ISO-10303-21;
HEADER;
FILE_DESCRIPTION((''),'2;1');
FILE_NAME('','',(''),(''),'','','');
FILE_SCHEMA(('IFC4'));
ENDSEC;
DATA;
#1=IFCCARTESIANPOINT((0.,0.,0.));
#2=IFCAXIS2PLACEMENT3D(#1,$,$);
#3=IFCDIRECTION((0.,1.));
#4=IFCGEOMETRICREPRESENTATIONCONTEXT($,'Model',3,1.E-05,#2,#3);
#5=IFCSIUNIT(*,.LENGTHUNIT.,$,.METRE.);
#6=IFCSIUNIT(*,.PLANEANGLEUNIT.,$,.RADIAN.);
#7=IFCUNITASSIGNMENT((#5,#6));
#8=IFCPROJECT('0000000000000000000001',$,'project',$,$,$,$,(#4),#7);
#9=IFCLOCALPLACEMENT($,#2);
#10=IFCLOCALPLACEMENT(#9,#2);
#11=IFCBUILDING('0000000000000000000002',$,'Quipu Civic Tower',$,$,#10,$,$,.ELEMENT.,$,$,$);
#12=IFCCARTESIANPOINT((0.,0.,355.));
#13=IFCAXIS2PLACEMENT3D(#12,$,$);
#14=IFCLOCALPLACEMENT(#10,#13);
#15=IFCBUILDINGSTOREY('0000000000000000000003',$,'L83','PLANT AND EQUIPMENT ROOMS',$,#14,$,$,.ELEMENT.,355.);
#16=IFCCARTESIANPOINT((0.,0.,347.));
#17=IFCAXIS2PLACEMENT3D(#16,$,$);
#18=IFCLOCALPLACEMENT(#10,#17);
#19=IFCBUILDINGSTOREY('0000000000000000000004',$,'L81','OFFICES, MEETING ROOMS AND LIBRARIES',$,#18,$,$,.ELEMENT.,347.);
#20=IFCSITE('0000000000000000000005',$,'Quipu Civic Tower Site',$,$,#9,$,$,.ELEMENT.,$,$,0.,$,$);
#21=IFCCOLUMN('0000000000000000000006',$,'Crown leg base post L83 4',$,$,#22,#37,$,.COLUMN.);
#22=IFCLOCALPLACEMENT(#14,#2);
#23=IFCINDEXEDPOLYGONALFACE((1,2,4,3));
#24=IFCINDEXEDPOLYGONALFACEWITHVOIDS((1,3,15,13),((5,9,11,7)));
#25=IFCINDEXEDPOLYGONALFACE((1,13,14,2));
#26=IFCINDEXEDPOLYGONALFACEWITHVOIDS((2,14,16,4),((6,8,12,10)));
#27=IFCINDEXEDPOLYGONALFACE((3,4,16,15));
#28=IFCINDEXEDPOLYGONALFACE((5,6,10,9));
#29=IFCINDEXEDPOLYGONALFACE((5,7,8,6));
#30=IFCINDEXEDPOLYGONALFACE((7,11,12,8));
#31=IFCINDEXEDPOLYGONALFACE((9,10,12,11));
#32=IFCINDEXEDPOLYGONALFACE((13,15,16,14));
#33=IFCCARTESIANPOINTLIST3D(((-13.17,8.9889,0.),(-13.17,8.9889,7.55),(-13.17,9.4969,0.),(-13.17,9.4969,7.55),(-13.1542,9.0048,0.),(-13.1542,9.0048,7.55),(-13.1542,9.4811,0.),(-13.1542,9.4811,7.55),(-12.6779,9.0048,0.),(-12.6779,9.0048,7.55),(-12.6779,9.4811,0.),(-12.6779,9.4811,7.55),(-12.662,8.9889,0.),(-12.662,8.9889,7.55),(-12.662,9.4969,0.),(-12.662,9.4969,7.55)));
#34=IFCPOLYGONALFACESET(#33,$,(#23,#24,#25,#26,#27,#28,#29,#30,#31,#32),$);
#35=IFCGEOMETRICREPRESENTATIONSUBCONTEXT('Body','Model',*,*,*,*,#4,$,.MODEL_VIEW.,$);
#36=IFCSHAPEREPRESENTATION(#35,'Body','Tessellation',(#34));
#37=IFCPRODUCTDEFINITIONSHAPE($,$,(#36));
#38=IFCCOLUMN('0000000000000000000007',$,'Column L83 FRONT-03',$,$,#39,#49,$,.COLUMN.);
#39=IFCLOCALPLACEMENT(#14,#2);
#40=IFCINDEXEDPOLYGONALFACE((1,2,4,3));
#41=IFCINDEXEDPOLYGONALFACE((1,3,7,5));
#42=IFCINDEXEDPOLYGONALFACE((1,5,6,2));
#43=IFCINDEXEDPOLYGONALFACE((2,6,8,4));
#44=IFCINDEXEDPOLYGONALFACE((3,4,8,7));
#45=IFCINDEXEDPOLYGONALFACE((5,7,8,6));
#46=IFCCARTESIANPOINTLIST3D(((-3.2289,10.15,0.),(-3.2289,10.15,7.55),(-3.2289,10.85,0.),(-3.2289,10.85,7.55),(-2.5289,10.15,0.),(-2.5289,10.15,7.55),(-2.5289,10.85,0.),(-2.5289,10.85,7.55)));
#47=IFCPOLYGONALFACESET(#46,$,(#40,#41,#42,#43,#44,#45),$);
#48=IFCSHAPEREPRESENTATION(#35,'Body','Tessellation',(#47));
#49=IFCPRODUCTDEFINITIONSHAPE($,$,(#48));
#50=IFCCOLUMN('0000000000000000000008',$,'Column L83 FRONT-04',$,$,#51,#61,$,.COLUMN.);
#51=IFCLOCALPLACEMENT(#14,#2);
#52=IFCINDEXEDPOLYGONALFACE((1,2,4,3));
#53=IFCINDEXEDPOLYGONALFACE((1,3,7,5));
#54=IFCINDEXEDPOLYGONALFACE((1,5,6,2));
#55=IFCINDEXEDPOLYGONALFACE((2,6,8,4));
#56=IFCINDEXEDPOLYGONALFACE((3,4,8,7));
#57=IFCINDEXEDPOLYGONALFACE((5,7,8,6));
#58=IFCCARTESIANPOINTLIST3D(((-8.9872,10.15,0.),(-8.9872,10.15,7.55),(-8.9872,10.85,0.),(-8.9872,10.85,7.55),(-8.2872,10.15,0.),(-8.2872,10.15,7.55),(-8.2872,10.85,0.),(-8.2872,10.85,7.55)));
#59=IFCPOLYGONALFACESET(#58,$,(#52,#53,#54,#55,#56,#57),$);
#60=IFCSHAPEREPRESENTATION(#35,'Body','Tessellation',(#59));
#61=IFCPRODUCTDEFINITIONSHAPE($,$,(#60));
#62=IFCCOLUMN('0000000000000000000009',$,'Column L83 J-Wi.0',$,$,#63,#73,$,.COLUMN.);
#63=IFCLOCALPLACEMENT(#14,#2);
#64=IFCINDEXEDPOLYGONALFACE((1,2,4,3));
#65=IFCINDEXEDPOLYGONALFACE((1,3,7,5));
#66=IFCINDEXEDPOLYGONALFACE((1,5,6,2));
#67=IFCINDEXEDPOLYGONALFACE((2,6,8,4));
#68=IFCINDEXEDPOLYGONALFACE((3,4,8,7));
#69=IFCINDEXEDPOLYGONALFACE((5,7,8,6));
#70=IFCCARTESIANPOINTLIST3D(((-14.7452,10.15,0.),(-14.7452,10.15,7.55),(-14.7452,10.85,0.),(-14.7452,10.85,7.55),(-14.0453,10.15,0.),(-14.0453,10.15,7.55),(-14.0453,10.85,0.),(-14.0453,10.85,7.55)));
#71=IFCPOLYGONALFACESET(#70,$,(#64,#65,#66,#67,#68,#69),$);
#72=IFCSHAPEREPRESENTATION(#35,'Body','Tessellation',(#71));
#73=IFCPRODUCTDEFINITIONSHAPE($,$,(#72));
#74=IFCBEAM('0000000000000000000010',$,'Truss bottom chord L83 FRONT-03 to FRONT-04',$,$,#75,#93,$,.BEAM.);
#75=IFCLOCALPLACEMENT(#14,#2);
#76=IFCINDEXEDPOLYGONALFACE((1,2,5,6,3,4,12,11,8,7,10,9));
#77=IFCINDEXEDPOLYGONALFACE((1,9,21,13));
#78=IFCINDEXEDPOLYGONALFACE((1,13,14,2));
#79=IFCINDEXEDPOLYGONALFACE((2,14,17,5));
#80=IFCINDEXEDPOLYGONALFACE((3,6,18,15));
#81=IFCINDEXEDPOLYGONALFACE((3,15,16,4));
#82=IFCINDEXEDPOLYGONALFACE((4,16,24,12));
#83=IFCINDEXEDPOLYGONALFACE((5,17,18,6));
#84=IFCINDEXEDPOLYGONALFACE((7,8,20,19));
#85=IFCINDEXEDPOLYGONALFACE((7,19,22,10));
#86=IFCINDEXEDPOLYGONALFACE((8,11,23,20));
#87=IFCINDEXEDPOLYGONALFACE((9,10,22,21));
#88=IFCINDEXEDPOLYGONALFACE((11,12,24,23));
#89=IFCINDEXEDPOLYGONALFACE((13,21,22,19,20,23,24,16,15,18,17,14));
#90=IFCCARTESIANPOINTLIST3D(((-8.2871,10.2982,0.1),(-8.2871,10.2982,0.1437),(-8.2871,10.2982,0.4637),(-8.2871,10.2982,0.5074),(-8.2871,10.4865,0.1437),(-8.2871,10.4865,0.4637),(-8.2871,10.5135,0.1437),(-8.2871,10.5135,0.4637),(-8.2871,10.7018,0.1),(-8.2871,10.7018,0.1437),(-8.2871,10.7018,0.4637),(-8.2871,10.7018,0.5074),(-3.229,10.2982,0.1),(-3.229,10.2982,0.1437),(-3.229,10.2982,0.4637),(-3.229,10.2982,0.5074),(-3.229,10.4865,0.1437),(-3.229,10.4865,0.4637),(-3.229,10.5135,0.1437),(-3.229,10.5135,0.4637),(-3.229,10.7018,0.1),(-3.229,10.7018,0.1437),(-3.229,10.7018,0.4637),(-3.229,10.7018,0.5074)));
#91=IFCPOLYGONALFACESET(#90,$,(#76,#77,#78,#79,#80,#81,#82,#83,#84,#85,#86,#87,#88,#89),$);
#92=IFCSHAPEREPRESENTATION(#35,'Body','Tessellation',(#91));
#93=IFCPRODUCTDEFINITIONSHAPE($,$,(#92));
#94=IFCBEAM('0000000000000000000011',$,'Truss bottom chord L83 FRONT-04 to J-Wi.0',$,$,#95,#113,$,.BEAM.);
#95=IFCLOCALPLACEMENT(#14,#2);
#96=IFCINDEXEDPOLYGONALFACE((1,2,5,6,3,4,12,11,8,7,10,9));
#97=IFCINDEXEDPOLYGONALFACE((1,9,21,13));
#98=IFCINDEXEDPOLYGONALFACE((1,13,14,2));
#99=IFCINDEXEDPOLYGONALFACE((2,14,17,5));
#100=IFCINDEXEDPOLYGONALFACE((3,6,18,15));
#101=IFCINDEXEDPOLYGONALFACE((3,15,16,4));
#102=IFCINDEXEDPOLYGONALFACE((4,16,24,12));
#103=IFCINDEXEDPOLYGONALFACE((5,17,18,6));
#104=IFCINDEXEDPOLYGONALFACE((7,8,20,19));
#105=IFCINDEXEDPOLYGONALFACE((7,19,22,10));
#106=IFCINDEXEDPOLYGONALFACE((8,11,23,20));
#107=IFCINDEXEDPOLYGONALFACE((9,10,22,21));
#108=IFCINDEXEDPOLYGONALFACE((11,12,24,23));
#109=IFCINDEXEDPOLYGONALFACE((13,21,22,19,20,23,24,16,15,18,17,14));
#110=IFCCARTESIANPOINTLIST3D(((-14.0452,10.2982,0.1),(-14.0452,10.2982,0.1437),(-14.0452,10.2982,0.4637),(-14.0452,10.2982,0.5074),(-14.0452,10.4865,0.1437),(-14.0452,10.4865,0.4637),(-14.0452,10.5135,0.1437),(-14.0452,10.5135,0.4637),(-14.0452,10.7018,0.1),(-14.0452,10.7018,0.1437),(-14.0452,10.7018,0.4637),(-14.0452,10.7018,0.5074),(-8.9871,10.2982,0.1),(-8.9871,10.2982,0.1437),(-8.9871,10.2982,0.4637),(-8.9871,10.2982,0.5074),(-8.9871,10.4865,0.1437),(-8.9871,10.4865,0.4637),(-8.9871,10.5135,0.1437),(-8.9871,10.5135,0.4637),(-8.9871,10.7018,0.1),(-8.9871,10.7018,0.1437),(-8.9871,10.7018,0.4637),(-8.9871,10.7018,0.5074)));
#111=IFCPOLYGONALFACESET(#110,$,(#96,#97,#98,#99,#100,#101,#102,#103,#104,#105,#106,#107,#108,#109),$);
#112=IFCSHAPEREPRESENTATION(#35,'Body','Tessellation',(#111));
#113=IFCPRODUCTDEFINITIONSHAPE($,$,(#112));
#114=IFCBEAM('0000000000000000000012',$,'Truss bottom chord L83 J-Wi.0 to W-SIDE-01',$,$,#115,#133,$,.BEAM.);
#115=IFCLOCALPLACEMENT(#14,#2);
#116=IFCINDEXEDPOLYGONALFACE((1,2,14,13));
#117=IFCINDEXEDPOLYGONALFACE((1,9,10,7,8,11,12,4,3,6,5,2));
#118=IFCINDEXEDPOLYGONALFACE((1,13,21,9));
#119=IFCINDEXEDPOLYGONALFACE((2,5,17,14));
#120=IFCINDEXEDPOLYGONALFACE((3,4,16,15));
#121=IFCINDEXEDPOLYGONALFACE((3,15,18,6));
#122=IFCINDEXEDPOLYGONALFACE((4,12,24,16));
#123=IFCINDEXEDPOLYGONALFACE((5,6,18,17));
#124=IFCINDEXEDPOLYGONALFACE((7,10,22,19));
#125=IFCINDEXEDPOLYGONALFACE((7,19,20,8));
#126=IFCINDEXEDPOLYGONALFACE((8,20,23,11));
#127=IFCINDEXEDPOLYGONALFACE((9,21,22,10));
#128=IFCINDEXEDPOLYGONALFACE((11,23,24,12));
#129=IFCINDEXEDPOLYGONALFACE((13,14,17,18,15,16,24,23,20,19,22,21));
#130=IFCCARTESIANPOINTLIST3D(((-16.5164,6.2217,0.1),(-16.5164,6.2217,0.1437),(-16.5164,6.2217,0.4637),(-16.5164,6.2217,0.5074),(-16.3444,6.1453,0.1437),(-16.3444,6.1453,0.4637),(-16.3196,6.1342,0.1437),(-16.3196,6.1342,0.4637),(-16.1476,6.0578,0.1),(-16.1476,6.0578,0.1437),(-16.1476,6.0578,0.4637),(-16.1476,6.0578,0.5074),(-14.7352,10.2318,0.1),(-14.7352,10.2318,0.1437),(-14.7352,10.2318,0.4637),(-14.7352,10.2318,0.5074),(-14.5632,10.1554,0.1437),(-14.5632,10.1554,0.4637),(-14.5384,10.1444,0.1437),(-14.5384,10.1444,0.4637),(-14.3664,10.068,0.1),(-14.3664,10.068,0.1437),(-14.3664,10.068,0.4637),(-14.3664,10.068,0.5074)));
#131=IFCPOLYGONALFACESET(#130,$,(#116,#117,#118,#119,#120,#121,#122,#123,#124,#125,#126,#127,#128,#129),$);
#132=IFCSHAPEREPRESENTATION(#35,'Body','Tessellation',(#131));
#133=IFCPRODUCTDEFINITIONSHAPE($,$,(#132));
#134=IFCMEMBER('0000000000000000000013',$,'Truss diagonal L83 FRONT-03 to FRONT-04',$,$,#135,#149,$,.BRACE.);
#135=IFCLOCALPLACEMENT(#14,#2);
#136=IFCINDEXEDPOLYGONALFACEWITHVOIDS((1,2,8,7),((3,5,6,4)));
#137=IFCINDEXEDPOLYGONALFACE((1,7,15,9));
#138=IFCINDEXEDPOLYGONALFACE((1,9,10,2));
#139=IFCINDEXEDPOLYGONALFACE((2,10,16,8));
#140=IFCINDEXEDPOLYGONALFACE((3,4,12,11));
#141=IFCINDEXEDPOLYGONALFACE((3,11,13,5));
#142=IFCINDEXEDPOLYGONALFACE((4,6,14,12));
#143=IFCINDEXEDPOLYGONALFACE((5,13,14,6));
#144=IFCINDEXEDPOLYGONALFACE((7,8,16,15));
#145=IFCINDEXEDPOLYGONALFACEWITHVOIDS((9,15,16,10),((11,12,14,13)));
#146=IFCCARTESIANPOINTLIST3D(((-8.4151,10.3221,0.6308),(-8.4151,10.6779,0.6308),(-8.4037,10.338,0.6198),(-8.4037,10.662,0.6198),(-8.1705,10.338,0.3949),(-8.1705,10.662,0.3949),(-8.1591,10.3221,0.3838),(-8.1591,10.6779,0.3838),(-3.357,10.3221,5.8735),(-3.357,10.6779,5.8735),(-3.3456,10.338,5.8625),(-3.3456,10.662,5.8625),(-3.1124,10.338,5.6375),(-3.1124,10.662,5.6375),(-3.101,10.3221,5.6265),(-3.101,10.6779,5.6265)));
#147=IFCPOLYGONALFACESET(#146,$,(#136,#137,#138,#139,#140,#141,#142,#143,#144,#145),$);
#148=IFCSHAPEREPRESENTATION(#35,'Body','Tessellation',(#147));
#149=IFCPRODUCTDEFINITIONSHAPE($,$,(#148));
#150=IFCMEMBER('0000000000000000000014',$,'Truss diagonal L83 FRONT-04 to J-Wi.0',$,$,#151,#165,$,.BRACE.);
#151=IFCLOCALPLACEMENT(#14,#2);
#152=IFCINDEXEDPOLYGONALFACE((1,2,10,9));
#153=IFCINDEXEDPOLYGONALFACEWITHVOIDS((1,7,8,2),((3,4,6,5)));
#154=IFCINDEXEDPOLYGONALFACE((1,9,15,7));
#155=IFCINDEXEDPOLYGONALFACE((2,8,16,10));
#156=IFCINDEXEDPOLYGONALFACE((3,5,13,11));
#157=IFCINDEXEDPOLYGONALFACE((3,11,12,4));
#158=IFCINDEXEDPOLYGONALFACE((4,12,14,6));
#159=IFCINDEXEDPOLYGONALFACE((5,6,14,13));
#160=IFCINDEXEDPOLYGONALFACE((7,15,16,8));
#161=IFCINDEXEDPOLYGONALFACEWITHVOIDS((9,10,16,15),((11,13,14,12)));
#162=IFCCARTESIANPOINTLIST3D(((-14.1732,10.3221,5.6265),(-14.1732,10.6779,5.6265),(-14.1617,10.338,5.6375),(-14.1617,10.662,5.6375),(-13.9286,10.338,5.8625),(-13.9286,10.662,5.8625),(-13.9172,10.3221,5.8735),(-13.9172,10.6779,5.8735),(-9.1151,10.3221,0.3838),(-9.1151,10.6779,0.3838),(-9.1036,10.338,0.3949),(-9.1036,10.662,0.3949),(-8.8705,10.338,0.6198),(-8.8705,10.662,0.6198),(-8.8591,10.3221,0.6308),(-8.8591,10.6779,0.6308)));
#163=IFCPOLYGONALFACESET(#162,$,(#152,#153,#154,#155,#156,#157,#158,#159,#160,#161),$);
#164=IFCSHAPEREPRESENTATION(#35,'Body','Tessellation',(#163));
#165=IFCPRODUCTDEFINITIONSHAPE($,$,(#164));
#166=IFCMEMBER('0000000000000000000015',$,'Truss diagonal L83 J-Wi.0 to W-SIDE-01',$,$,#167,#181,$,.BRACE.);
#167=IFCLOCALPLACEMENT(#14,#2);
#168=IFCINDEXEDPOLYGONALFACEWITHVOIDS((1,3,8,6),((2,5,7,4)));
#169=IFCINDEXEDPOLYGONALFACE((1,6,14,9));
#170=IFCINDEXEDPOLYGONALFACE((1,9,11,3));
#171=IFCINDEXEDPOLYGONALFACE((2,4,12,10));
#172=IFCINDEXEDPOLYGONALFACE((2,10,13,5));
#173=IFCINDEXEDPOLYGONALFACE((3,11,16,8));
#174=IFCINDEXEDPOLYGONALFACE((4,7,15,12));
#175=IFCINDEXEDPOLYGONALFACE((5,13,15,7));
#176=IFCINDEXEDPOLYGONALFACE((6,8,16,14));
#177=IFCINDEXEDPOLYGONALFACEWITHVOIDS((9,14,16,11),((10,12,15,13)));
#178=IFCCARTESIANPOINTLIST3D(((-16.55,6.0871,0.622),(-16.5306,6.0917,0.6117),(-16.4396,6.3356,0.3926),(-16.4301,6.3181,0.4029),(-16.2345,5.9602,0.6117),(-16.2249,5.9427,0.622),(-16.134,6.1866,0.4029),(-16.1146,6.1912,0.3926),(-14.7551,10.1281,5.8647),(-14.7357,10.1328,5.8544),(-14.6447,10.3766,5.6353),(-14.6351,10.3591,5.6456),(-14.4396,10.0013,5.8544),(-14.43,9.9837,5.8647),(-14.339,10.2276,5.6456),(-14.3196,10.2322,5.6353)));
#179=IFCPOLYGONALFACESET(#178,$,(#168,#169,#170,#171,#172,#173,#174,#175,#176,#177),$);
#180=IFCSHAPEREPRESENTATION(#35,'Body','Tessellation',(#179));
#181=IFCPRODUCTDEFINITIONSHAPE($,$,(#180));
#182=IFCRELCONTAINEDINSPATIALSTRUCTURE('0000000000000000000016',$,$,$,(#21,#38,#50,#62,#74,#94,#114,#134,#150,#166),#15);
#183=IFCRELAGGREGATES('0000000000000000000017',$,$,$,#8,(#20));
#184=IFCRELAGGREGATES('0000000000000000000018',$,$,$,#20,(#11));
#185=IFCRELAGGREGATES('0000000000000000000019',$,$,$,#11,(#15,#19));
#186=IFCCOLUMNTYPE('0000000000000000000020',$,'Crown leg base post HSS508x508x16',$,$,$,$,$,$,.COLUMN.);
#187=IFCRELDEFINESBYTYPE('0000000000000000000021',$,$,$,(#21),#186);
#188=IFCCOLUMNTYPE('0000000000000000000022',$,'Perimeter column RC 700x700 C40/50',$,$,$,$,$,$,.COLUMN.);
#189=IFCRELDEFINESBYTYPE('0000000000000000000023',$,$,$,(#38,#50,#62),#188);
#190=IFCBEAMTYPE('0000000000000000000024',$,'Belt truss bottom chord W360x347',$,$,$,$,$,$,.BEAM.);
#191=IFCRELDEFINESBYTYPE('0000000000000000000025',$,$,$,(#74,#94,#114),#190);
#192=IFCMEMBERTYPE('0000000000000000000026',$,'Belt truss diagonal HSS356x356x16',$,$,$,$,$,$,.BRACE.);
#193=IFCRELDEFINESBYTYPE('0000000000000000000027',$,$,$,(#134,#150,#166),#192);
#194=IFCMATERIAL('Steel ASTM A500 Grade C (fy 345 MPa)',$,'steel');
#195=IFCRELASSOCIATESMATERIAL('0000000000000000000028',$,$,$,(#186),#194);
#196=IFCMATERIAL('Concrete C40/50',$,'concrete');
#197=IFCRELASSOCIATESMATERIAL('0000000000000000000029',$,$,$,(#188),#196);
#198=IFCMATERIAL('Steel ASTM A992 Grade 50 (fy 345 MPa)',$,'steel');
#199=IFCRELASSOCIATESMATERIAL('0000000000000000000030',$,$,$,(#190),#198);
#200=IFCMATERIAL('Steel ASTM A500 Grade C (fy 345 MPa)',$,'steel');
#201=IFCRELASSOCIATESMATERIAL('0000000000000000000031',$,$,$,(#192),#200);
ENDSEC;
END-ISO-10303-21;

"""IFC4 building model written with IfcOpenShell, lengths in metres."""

from ifc_helpers import new_model, si_unit, direction, frame, origin, origin_2d, place, context, subcontext, project, spatial, rectangle, hollow_rectangle, i_section, extrude, material, material_profile, profile_set, type_object, element, save


model = new_model("IFC4")

# Units and contexts
model_context = context("Model", 3, precision=1e-05, world=origin(), true_north=direction((0.0, 1.0)))
body_context = subcontext(model_context, "Body", "Model", "MODEL_VIEW")
ifc_project = project(units=[si_unit("LENGTHUNIT", "METRE"), si_unit("PLANEANGLEUNIT", "RADIAN")], contexts=[model_context])

# Site, building, storey
site_placement = place(None, origin())
site = spatial("IfcSite", under=ifc_project, at=site_placement, Name="Quipu Civic Tower Site", CompositionType="ELEMENT", RefElevation=0.0)
building_placement = place(site_placement, origin())
building = spatial("IfcBuilding", under=site, at=building_placement, Name="Quipu Civic Tower", CompositionType="ELEMENT")
storey_1_placement = place(building_placement, frame((0.0, 0.0, 355.0)))
storey_1 = spatial("IfcBuildingStorey", under=building, at=storey_1_placement, Name="L83", Description="PLANT AND EQUIPMENT ROOMS", CompositionType="ELEMENT", Elevation=355.0)

# Columns
ifc_material_1 = material(Name="Steel ASTM A500 Grade C (fy 345 MPa)", Category="steel")
ifc_material_profile_1 = material_profile(ifc_material_1, hollow_rectangle(XDim=0.5081, YDim=0.5081, WallThickness=0.0159, at=origin_2d()), Name="HSS508x508x16")
ifc_profile_set_1 = profile_set([ifc_material_profile_1], Name="Steel ASTM A500 Grade C (fy 345 MPa)")
column_type_1 = type_object("IfcColumnType", Name="Crown leg base post HSS508x508x16", PredefinedType="COLUMN", material=ifc_profile_set_1)
column_placement = place(storey_1_placement, frame((-12.916, 9.2429, 0.0), z_axis=(0.0, 0.0, 1.0), x_axis=(1.0, 0.0, 0.0)))
element("IfcColumn", 1, at=column_placement, inside=storey_1, type_object=column_type_1, Name="Crown leg base post L83 4", PredefinedType="COLUMN", context=body_context, shape_type="SweptSolid", body=[
    extrude(hollow_rectangle(XDim=0.5081, YDim=0.5081, WallThickness=0.0159, at=origin_2d()), origin(), (0.0, 0.0, 1.0), 7.55),
])
ifc_material_2 = material(Name="Concrete C40/50", Category="concrete")
ifc_material_profile_2 = material_profile(ifc_material_2, rectangle(XDim=0.7, YDim=0.7, at=origin_2d()), Name="RC700x700")
ifc_profile_set_2 = profile_set([ifc_material_profile_2], Name="Concrete C40/50")
column_type_2 = type_object("IfcColumnType", Name="Perimeter column RC 700x700 C40/50", PredefinedType="COLUMN", material=ifc_profile_set_2)
for number, where, z_axis, x_axis, name in (
    (2, (-2.8789, 10.5, 0.0), (0.0, 0.0, 1.0), (-1.0, 0.0, 0.0), "Column L83 FRONT-03"),
    (3, (-8.6372, 10.5, 0.0), (0.0, 0.0, 1.0), (-1.0, 0.0, 0.0), "Column L83 FRONT-04"),
    (4, (-14.3953, 10.5, 0.0), (0.0, 0.0, 1.0), (-1.0, 0.0, 0.0), "Column L83 J-Wi.0"),
):
    element("IfcColumn", number, at=place(storey_1_placement, frame(where, z_axis=z_axis, x_axis=x_axis)), inside=storey_1, type_object=column_type_2, Name=name, PredefinedType="COLUMN", context=body_context, shape_type="SweptSolid", body=[
        extrude(rectangle(XDim=0.7, YDim=0.7, at=origin_2d()), origin(), (0.0, 0.0, 1.0), 7.55),
    ])

# Beams
ifc_material_3 = material(Name="Steel ASTM A992 Grade 50 (fy 345 MPa)", Category="steel")
ifc_material_profile_3 = material_profile(ifc_material_3, i_section(OverallWidth=0.4036, OverallDepth=0.4075, WebThickness=0.0271, FlangeThickness=0.0437, at=origin_2d()), Name="W360x347")
ifc_profile_set_3 = profile_set([ifc_material_profile_3], Name="Steel ASTM A992 Grade 50 (fy 345 MPa)")
beam_type_1 = type_object("IfcBeamType", Name="Belt truss bottom chord W360x347", PredefinedType="BEAM", material=ifc_profile_set_3)
for number, where, z_axis, x_axis, name in (
    (5, (-3.229, 10.5, 0.3037), (-1.0, 0.0, 0.0), (0.0, -1.0, 0.0), "Truss bottom chord L83 FRONT-03 to FRONT-04"),
    (6, (-8.9871, 10.5, 0.3037), (-1.0, 0.0, 0.0), (0.0, -1.0, 0.0), "Truss bottom chord L83 FRONT-04 to J-Wi.0"),
):
    element("IfcBeam", number, at=place(storey_1_placement, frame(where, z_axis=z_axis, x_axis=x_axis)), inside=storey_1, type_object=beam_type_1, Name=name, PredefinedType="BEAM", context=body_context, shape_type="SweptSolid", body=[
        extrude(i_section(OverallWidth=0.4036, OverallDepth=0.4075, WebThickness=0.0271, FlangeThickness=0.0437, at=origin_2d()), origin(), (0.0, 0.0, 1.0), 5.0581),
    ])
beam_1_placement = place(storey_1_placement, frame((-14.5508, 10.1499, 0.3037), z_axis=(-0.405932, -0.913903, 0.0), x_axis=(0.913903, -0.405932, 0.0)))
element("IfcBeam", 7, at=beam_1_placement, inside=storey_1, type_object=beam_type_1, Name="Truss bottom chord L83 J-Wi.0 to W-SIDE-01", PredefinedType="BEAM", context=body_context, shape_type="SweptSolid", body=[
    extrude(i_section(OverallWidth=0.4036, OverallDepth=0.4075, WebThickness=0.0271, FlangeThickness=0.0437, at=origin_2d()), origin(), (0.0, 0.0, 1.0), 4.3879),
])

# Members
ifc_material_4 = material(Name="Steel ASTM A500 Grade C (fy 345 MPa)", Category="steel")
ifc_material_profile_4 = material_profile(ifc_material_4, hollow_rectangle(XDim=0.3557, YDim=0.3557, WallThickness=0.0159, at=origin_2d()), Name="HSS356x356x16")
ifc_profile_set_4 = profile_set([ifc_material_profile_4], Name="Steel ASTM A500 Grade C (fy 345 MPa)")
member_type_1 = type_object("IfcMemberType", Name="Belt truss diagonal HSS356x356x16", PredefinedType="BRACE", material=ifc_profile_set_4)
for number, where, z_axis, x_axis, name in (
    (8, (-3.229, 10.5, 5.75), (-0.694325, 0.0, -0.719661), (0.0, -1.0, 0.0), "Truss diagonal L83 FRONT-03 to FRONT-04"),
    (9, (-8.9871, 10.5, 0.5073), (-0.694325, 0.0, 0.719661), (0.0, -1.0, 0.0), "Truss diagonal L83 FRONT-04 to J-Wi.0"),
):
    element("IfcMember", number, at=place(storey_1_placement, frame(where, z_axis=z_axis, x_axis=x_axis)), inside=storey_1, type_object=member_type_1, Name=name, PredefinedType="BRACE", context=body_context, shape_type="SweptSolid", body=[
        extrude(hollow_rectangle(XDim=0.3557, YDim=0.3557, WallThickness=0.0159, at=origin_2d()), origin(), (0.0, 0.0, 1.0), 7.2849),
    ])
member_1_placement = place(storey_1_placement, frame((-14.5374, 10.1802, 5.75), z_axis=(-0.261713, -0.58921, -0.76442), x_axis=(0.913903, -0.405934, 0.0)))
element("IfcMember", 10, at=member_1_placement, inside=storey_1, type_object=member_type_1, Name="Truss diagonal L83 J-Wi.0 to W-SIDE-01", PredefinedType="BRACE", context=body_context, shape_type="SweptSolid", body=[
    extrude(hollow_rectangle(XDim=0.3557, YDim=0.3557, WallThickness=0.0159, at=origin_2d()), origin(), (0.0, 0.0, 1.0), 6.8584),
])

# Shared definitions
storey_2_placement = place(building_placement, frame((0.0, 0.0, 347.0)))
storey_2 = spatial("IfcBuildingStorey", under=building, at=storey_2_placement, Name="L81", Description="OFFICES, MEETING ROOMS AND LIBRARIES", CompositionType="ELEMENT", Elevation=347.0)

save(model, "model.ifc")
